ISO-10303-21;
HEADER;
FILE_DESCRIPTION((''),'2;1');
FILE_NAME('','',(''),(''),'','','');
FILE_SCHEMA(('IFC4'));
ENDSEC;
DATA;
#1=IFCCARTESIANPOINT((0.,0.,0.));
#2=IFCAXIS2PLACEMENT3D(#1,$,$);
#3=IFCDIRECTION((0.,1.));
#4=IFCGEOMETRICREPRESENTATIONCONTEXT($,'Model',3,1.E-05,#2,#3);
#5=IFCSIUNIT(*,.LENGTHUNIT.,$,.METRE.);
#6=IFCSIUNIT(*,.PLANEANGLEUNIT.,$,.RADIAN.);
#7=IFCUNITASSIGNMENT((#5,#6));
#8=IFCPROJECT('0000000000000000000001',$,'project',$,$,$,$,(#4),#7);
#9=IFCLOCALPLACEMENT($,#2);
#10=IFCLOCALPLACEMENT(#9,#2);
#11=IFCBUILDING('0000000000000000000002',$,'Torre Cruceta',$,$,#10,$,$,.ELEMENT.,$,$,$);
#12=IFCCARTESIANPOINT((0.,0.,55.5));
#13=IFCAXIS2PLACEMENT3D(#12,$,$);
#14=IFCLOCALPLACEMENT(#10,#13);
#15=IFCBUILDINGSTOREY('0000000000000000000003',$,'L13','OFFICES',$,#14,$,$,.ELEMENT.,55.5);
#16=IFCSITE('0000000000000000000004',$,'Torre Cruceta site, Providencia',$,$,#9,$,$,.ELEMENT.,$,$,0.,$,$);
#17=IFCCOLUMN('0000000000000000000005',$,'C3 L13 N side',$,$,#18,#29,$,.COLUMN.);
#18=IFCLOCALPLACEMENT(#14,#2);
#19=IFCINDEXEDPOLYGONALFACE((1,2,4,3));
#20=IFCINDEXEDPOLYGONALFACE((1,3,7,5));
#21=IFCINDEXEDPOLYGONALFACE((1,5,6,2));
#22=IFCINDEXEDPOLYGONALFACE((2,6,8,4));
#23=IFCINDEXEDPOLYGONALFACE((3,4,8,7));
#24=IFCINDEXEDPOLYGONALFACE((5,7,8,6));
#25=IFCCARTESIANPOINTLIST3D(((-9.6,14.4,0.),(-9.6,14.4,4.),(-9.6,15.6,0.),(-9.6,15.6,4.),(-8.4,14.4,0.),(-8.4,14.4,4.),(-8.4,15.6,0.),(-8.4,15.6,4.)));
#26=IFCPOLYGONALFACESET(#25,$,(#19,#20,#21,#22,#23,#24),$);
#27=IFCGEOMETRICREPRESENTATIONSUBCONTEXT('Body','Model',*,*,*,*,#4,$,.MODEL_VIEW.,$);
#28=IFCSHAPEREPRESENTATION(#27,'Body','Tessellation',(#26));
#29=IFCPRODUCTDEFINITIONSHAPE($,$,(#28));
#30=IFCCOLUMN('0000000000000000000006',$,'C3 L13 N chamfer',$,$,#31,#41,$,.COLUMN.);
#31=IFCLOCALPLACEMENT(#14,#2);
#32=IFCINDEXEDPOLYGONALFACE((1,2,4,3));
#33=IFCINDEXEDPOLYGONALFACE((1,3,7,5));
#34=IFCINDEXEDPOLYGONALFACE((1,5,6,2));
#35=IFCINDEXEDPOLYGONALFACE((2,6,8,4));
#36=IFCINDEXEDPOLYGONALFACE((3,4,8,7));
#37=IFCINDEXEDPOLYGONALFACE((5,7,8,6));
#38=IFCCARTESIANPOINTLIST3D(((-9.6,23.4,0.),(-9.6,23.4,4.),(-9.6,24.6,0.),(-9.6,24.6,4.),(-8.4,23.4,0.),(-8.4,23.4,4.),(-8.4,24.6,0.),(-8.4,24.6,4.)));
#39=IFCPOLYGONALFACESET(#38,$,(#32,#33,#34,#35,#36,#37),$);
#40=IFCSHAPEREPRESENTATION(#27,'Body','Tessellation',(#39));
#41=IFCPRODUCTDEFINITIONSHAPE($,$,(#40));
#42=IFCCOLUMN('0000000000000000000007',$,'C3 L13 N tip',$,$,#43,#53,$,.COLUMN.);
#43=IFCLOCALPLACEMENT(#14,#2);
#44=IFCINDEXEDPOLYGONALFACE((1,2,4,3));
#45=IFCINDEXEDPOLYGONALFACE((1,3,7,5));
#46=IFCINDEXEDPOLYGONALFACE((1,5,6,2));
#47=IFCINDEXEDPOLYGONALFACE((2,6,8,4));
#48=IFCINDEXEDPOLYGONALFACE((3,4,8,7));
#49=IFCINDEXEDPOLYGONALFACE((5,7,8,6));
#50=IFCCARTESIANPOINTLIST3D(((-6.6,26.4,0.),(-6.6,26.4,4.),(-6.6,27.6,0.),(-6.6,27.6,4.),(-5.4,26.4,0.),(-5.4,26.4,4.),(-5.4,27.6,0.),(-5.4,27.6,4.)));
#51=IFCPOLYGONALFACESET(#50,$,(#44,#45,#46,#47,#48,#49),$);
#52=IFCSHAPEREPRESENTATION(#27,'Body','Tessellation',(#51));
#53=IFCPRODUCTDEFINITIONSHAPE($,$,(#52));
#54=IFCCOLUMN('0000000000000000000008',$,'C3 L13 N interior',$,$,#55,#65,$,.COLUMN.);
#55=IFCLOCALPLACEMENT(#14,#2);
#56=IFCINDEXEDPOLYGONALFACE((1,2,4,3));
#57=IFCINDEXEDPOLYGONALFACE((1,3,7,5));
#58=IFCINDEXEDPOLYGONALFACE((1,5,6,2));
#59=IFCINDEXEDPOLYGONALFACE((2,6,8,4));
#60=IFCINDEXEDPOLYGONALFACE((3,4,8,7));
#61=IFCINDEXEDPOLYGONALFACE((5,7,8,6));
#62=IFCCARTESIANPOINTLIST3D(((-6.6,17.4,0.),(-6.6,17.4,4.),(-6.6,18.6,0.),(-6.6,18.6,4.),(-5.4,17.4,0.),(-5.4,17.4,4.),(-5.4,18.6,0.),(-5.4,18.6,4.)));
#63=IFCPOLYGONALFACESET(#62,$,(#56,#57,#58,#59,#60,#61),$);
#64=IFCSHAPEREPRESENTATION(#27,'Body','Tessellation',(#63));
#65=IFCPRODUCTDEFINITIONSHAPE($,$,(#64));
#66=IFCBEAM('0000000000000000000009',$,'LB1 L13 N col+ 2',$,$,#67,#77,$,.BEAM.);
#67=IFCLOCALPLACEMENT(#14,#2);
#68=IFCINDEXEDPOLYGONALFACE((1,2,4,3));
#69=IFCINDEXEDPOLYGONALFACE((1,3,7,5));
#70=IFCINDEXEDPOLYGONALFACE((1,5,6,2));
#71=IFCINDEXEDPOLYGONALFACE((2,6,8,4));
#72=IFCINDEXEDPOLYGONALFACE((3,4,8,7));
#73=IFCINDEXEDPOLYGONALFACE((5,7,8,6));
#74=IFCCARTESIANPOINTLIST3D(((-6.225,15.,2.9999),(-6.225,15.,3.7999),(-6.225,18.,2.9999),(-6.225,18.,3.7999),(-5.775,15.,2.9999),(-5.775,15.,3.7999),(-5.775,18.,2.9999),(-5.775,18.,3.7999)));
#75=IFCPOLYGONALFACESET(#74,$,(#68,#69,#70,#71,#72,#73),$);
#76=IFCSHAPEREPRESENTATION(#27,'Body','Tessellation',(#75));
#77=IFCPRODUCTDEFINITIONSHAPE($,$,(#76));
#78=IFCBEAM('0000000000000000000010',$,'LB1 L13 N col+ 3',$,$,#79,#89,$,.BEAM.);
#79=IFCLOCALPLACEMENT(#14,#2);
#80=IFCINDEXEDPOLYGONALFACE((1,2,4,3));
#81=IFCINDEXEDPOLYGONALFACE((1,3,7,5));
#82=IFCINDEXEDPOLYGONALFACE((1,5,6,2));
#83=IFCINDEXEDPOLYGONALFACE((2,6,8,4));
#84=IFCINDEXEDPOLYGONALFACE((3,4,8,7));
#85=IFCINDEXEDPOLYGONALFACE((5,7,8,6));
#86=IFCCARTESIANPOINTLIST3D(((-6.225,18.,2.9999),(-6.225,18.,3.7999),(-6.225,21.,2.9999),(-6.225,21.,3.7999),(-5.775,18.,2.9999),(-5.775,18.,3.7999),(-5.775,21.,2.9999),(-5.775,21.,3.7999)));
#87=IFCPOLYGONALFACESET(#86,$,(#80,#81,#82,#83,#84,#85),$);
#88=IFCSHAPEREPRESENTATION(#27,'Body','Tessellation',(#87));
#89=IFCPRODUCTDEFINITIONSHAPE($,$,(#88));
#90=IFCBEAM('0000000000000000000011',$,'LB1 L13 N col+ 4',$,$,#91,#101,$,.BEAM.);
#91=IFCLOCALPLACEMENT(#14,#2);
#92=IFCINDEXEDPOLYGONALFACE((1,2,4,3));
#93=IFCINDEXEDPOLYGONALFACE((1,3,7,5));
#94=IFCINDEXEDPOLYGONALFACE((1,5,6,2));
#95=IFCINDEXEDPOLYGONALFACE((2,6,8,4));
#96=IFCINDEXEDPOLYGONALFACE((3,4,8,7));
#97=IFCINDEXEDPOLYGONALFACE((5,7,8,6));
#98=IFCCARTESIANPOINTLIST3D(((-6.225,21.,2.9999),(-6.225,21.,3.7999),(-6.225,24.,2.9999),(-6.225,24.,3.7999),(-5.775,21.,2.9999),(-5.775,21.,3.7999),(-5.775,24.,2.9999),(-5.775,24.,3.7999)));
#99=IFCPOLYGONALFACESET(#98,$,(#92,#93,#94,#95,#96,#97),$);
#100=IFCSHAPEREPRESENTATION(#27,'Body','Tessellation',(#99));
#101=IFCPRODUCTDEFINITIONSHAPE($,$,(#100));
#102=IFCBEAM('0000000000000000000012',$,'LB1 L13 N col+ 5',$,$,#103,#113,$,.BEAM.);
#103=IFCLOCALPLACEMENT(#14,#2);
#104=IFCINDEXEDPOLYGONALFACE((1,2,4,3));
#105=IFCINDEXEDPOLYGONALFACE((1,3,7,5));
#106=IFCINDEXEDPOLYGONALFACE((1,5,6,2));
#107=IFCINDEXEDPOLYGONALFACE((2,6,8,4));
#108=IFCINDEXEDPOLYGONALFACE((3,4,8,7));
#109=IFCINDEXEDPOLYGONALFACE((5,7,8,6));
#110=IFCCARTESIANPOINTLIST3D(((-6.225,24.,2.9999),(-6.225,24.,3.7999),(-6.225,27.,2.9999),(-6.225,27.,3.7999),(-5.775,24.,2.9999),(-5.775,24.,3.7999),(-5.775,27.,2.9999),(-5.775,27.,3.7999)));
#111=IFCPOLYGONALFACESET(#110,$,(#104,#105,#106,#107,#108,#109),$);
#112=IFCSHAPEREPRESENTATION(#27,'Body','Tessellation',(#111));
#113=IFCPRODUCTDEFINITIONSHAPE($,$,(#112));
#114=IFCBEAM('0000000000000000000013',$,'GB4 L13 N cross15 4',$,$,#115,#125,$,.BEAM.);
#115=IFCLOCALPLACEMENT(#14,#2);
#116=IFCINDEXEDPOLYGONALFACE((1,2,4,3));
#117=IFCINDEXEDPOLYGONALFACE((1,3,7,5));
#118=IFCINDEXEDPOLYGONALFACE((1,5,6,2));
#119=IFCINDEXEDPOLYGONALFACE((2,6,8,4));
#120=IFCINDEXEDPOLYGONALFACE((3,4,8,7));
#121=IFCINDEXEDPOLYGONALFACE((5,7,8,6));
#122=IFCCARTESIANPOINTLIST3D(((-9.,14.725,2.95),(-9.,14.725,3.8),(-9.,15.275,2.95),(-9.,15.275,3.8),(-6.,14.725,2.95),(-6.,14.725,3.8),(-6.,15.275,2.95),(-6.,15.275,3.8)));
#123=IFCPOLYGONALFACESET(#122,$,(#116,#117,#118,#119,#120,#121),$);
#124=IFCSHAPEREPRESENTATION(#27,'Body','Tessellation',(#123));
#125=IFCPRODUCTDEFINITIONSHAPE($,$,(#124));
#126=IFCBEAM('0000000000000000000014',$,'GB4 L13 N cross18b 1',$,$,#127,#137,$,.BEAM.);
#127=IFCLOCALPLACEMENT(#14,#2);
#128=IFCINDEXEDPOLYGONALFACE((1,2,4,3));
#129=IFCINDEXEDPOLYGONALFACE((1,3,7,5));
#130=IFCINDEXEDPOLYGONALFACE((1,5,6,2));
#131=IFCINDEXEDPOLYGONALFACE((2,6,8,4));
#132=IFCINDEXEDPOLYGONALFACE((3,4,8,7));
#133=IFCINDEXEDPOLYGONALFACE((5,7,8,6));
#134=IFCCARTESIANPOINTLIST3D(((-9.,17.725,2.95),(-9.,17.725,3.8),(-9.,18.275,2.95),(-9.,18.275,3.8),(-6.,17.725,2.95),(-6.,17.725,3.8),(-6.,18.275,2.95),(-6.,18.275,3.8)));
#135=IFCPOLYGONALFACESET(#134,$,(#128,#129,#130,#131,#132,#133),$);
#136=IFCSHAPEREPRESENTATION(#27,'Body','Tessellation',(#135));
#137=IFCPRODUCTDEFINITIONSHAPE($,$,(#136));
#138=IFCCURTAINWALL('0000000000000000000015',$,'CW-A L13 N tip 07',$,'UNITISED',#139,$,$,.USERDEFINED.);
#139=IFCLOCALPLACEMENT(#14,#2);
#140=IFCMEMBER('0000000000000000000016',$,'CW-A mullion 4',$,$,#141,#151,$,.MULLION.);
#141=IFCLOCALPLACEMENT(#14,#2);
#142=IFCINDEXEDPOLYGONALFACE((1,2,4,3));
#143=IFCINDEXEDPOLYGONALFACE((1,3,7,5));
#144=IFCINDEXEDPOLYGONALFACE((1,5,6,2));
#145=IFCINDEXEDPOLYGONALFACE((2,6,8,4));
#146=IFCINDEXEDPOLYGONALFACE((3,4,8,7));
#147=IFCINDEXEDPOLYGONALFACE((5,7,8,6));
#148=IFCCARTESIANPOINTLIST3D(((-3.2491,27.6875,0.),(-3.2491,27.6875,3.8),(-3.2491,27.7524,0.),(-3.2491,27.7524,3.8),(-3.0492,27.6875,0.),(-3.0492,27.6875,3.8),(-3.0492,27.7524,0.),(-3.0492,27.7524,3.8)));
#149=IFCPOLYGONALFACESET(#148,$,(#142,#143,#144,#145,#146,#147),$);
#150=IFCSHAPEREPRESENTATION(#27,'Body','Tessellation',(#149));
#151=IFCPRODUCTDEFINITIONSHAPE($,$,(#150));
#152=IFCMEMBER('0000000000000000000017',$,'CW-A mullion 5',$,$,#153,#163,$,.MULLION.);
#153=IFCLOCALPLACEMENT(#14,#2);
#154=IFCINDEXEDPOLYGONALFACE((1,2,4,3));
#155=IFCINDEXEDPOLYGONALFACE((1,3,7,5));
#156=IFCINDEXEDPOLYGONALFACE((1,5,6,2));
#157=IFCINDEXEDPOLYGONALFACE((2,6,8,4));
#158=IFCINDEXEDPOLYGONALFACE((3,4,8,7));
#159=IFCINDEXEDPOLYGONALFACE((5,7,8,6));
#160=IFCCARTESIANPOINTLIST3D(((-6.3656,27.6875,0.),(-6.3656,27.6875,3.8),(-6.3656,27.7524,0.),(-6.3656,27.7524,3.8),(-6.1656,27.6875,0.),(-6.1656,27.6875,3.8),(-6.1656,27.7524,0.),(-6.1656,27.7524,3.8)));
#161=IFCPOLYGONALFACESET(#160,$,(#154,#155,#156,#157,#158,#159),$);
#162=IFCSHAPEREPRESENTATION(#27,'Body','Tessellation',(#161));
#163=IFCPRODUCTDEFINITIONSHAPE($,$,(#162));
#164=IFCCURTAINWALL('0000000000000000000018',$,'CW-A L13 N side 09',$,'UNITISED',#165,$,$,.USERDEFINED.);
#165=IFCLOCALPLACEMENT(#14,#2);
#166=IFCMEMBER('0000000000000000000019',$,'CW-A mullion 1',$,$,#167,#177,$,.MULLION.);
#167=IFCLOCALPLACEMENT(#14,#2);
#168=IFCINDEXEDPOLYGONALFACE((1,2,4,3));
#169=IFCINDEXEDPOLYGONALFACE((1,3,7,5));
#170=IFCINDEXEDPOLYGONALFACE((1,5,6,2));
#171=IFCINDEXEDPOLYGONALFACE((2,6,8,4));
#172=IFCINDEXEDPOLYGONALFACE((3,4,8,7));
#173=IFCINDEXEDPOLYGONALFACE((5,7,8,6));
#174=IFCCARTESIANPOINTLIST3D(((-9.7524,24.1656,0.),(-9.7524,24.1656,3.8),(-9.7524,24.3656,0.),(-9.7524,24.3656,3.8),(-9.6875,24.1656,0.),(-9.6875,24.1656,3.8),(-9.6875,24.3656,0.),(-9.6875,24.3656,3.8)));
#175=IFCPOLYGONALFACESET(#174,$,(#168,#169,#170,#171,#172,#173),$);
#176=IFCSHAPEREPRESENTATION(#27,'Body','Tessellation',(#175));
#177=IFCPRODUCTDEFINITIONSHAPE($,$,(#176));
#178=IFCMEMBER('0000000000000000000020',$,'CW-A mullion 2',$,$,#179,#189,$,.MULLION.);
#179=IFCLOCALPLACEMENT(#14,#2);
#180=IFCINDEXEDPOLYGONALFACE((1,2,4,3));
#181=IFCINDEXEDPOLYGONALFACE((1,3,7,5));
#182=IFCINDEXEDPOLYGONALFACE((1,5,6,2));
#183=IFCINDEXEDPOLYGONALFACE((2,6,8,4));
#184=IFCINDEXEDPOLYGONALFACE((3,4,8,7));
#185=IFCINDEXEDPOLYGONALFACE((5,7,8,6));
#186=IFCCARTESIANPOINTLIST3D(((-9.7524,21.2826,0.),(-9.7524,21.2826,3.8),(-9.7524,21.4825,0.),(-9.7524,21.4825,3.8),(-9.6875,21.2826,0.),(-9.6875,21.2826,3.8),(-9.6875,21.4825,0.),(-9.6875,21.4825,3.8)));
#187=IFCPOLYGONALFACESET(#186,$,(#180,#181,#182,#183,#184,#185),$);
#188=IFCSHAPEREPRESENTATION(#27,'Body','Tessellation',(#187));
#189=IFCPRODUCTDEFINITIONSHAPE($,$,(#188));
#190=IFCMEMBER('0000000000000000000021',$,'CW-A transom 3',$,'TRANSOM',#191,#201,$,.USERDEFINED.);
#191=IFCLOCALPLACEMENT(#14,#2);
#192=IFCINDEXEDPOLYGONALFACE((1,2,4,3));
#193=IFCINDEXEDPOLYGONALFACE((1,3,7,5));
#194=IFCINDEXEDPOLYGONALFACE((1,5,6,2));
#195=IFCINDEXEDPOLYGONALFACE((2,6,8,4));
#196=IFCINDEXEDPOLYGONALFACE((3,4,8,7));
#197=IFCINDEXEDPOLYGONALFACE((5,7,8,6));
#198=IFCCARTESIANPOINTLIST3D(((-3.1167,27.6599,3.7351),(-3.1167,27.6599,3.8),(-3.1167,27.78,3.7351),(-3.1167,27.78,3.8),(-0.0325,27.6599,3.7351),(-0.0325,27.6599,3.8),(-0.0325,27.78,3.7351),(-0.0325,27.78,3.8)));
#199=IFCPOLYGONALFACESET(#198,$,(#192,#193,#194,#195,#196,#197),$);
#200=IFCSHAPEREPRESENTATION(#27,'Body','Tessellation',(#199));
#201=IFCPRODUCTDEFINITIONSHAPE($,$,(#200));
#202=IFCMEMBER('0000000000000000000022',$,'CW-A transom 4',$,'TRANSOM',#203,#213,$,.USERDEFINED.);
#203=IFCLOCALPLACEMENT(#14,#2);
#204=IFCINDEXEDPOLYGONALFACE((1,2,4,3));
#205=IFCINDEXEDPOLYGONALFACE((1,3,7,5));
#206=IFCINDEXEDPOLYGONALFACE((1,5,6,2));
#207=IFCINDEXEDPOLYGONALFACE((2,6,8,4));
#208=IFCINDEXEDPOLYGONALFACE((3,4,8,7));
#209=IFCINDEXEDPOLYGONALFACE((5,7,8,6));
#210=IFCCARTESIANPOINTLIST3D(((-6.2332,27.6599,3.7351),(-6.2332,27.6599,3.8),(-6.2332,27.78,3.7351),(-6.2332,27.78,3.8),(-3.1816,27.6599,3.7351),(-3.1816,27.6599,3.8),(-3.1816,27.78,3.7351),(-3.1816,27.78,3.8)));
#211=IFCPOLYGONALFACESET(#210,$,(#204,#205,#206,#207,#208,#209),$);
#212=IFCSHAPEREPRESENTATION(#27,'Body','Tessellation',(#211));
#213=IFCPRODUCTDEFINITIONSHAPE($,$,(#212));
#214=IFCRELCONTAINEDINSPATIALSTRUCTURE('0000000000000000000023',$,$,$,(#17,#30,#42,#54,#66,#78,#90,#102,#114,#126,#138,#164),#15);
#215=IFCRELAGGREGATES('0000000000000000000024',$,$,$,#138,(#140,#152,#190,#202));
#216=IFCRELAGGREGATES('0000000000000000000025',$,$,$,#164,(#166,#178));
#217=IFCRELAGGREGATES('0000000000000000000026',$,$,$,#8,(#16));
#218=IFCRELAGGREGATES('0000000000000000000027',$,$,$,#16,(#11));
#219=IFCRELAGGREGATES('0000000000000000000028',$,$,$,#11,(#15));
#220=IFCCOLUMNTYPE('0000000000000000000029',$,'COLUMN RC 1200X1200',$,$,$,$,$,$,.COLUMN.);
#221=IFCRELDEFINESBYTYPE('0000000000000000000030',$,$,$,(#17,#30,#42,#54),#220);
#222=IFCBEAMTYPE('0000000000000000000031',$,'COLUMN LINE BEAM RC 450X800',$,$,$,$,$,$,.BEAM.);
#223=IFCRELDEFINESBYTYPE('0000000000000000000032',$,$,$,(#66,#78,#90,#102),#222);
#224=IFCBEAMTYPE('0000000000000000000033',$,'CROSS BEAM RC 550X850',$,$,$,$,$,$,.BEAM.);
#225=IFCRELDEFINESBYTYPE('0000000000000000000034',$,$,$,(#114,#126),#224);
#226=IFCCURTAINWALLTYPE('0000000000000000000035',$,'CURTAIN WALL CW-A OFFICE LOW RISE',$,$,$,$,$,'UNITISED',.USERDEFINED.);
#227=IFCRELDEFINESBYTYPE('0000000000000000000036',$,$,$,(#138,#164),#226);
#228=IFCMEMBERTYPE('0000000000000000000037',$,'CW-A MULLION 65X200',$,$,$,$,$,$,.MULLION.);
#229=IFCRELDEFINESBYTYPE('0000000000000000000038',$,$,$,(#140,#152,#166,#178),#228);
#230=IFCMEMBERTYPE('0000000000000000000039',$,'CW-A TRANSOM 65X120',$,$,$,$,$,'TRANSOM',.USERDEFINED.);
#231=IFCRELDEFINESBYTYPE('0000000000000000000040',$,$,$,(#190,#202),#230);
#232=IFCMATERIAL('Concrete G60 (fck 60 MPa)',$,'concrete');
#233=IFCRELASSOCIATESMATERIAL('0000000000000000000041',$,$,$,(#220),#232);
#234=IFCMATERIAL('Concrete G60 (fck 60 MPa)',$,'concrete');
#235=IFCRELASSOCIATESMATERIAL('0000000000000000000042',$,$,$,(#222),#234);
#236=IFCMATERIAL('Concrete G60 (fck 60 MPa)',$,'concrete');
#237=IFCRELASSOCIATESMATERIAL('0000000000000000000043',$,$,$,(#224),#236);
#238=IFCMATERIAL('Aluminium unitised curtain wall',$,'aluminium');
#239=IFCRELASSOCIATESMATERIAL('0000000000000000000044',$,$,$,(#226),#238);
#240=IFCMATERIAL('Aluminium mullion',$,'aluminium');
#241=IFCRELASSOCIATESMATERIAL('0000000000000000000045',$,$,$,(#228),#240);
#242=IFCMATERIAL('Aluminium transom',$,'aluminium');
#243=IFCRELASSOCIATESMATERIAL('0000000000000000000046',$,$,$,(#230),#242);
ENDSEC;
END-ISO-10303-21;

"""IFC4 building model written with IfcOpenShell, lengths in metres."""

from ifc_helpers import new_model, si_unit, direction, frame, origin, origin_2d, place, context, subcontext, project, spatial, rectangle, extrude, material, material_profile, profile_set, type_object, element, aggregate, save


model = new_model("IFC4")

# Units and contexts
model_context = context("Model", 3, precision=1e-05, world=origin(), true_north=direction((0.0, 1.0)))
body_context = subcontext(model_context, "Body", "Model", "MODEL_VIEW")
ifc_project = project(units=[si_unit("LENGTHUNIT", "METRE"), si_unit("PLANEANGLEUNIT", "RADIAN")], contexts=[model_context])

# Site, building, storey
site_placement = place(None, origin())
site = spatial("IfcSite", under=ifc_project, at=site_placement, Name="Torre Cruceta site, Providencia", CompositionType="ELEMENT", RefElevation=0.0)
building_placement = place(site_placement, origin())
building = spatial("IfcBuilding", under=site, at=building_placement, Name="Torre Cruceta", CompositionType="ELEMENT")
storey_placement = place(building_placement, frame((0.0, 0.0, 55.5)))
storey = spatial("IfcBuildingStorey", under=building, at=storey_placement, Name="L13", Description="OFFICES", CompositionType="ELEMENT", Elevation=55.5)

# Columns
ifc_material_1 = material(Name="Concrete G60 (fck 60 MPa)", Category="concrete")
ifc_material_profile_1 = material_profile(ifc_material_1, rectangle(XDim=1.2, YDim=1.2, at=origin_2d()), Name="RC 1200X1200")
ifc_profile_set_1 = profile_set([ifc_material_profile_1], Name="Concrete G60 (fck 60 MPa)")
column_type = type_object("IfcColumnType", Name="COLUMN RC 1200X1200", PredefinedType="COLUMN", material=ifc_profile_set_1)
for number, where, z_axis, x_axis, name in (
    (1, (-9.0, 15.0, 0.0), (0.0, 0.0, 1.0), (1.0, 0.0, 0.0), "C3 L13 N side"),
    (2, (-9.0, 24.0, 0.0), (0.0, 0.0, 1.0), (1.0, 0.0, 0.0), "C3 L13 N chamfer"),
    (3, (-6.0, 27.0, 0.0), (0.0, 0.0, 1.0), (1.0, 0.0, 0.0), "C3 L13 N tip"),
    (4, (-6.0, 18.0, 0.0), (0.0, 0.0, 1.0), (1.0, 0.0, 0.0), "C3 L13 N interior"),
):
    element("IfcColumn", number, at=place(storey_placement, frame(where, z_axis=z_axis, x_axis=x_axis)), inside=storey, type_object=column_type, Name=name, PredefinedType="COLUMN", context=body_context, shape_type="SweptSolid", body=[
        extrude(rectangle(XDim=1.2, YDim=1.2, at=origin_2d()), origin(), (0.0, 0.0, 1.0), 4.0),
    ])

# Beams
ifc_material_2 = material(Name="Concrete G60 (fck 60 MPa)", Category="concrete")
ifc_material_profile_2 = material_profile(ifc_material_2, rectangle(XDim=0.45, YDim=0.8, at=origin_2d()), Name="RC 450X800")
ifc_profile_set_2 = profile_set([ifc_material_profile_2], Name="Concrete G60 (fck 60 MPa)")
beam_type_1 = type_object("IfcBeamType", Name="COLUMN LINE BEAM RC 450X800", PredefinedType="BEAM", material=ifc_profile_set_2)
for number, where, z_axis, x_axis, name in (
    (5, (-6.0, 15.0, 3.3999), (0.0, 1.0, 0.0), (-1.0, 0.0, 0.0), "LB1 L13 N col+ 2"),
    (6, (-6.0, 18.0, 3.3999), (0.0, 1.0, 0.0), (-1.0, 0.0, 0.0), "LB1 L13 N col+ 3"),
    (7, (-6.0, 21.0, 3.3999), (0.0, 1.0, 0.0), (-1.0, 0.0, 0.0), "LB1 L13 N col+ 4"),
    (8, (-6.0, 24.0, 3.3999), (0.0, 1.0, 0.0), (-1.0, 0.0, 0.0), "LB1 L13 N col+ 5"),
):
    element("IfcBeam", number, at=place(storey_placement, frame(where, z_axis=z_axis, x_axis=x_axis)), inside=storey, type_object=beam_type_1, Name=name, PredefinedType="BEAM", context=body_context, shape_type="SweptSolid", body=[
        extrude(rectangle(XDim=0.45, YDim=0.8, at=origin_2d()), origin(), (0.0, 0.0, 1.0), 3.0),
    ])
ifc_material_3 = material(Name="Concrete G60 (fck 60 MPa)", Category="concrete")
ifc_material_profile_3 = material_profile(ifc_material_3, rectangle(XDim=0.55, YDim=0.8501, at=origin_2d()), Name="RC 550X850")
ifc_profile_set_3 = profile_set([ifc_material_profile_3], Name="Concrete G60 (fck 60 MPa)")
beam_type_2 = type_object("IfcBeamType", Name="CROSS BEAM RC 550X850", PredefinedType="BEAM", material=ifc_profile_set_3)
for number, where, z_axis, x_axis, name in (
    (9, (-6.0, 15.0, 3.375), (-1.0, 0.0, 0.0), (0.0, -1.0, 0.0), "GB4 L13 N cross15 4"),
    (10, (-6.0, 18.0, 3.375), (-1.0, 0.0, 0.0), (0.0, -1.0, 0.0), "GB4 L13 N cross18b 1"),
):
    element("IfcBeam", number, at=place(storey_placement, frame(where, z_axis=z_axis, x_axis=x_axis)), inside=storey, type_object=beam_type_2, Name=name, PredefinedType="BEAM", context=body_context, shape_type="SweptSolid", body=[
        extrude(rectangle(XDim=0.55, YDim=0.8501, at=origin_2d()), origin(), (0.0, 0.0, 1.0), 3.0),
    ])

# Curtain walls, members
ifc_material_4 = material(Name="Aluminium unitised curtain wall", Category="aluminium")
curtain_wall_type = type_object("IfcCurtainWallType", Name="CURTAIN WALL CW-A OFFICE LOW RISE", ElementType="UNITISED", PredefinedType="USERDEFINED", material=ifc_material_4)
curtain_wall_1_placement = place(storey_placement, origin())
curtain_wall_1 = element("IfcCurtainWall", 11, at=curtain_wall_1_placement, inside=storey, type_object=curtain_wall_type, Name="CW-A L13 N tip 07", ObjectType="UNITISED", PredefinedType="USERDEFINED")
ifc_material_5 = material(Name="Aluminium mullion", Category="aluminium")
ifc_material_profile_4 = material_profile(ifc_material_5, rectangle(XDim=0.0649, YDim=0.2, at=origin_2d()), Name="AL 65X200")
ifc_profile_set_4 = profile_set([ifc_material_profile_4], Name="Aluminium mullion")
member_type_1 = type_object("IfcMemberType", Name="CW-A MULLION 65X200", PredefinedType="MULLION", material=ifc_profile_set_4)
member_1_placement = place(storey_placement, frame((-3.1492, 27.72, 0.0), z_axis=(0.0, 0.0, 1.0), x_axis=(0.0, -1.0, 0.0)))
member_1 = element("IfcMember", 12, at=member_1_placement, type_object=member_type_1, Name="CW-A mullion 4", PredefinedType="MULLION", context=body_context, shape_type="SweptSolid", body=[
    extrude(rectangle(XDim=0.0649, YDim=0.2, at=origin_2d()), origin(), (0.0, 0.0, 1.0), 3.8),
])
member_2_placement = place(storey_placement, frame((-6.2656, 27.72, 0.0), z_axis=(0.0, 0.0, 1.0), x_axis=(0.0, -1.0, 0.0)))
member_2 = element("IfcMember", 13, at=member_2_placement, type_object=member_type_1, Name="CW-A mullion 5", PredefinedType="MULLION", context=body_context, shape_type="SweptSolid", body=[
    extrude(rectangle(XDim=0.0649, YDim=0.2, at=origin_2d()), origin(), (0.0, 0.0, 1.0), 3.8),
])
curtain_wall_2_placement = place(storey_placement, origin())
curtain_wall_2 = element("IfcCurtainWall", 14, at=curtain_wall_2_placement, inside=storey, type_object=curtain_wall_type, Name="CW-A L13 N side 09", ObjectType="UNITISED", PredefinedType="USERDEFINED")
member_3_placement = place(storey_placement, frame((-9.72, 24.2656, 0.0), z_axis=(0.0, 0.0, 1.0), x_axis=(1.0, 0.0, 0.0)))
member_3 = element("IfcMember", 15, at=member_3_placement, type_object=member_type_1, Name="CW-A mullion 1", PredefinedType="MULLION", context=body_context, shape_type="SweptSolid", body=[
    extrude(rectangle(XDim=0.0649, YDim=0.2, at=origin_2d()), origin(), (0.0, 0.0, 1.0), 3.8),
])
member_4_placement = place(storey_placement, frame((-9.72, 21.3826, 0.0), z_axis=(0.0, 0.0, 1.0), x_axis=(1.0, 0.0, 0.0)))
member_4 = element("IfcMember", 16, at=member_4_placement, type_object=member_type_1, Name="CW-A mullion 2", PredefinedType="MULLION", context=body_context, shape_type="SweptSolid", body=[
    extrude(rectangle(XDim=0.0649, YDim=0.2, at=origin_2d()), origin(), (0.0, 0.0, 1.0), 3.8),
])

# Members
ifc_material_6 = material(Name="Aluminium transom", Category="aluminium")
ifc_material_profile_5 = material_profile(ifc_material_6, rectangle(XDim=0.1201, YDim=0.0649, at=origin_2d()), Name="AL 120X65")
ifc_profile_set_5 = profile_set([ifc_material_profile_5], Name="Aluminium transom")
member_type_2 = type_object("IfcMemberType", Name="CW-A TRANSOM 65X120", ElementType="TRANSOM", PredefinedType="USERDEFINED", material=ifc_profile_set_5)
member_5_placement = place(storey_placement, frame((-0.0325, 27.72, 3.7676), z_axis=(-1.0, 0.0, 0.0), x_axis=(0.0, -1.0, 0.0)))
member_5 = element("IfcMember", 17, at=member_5_placement, type_object=member_type_2, Name="CW-A transom 3", ObjectType="TRANSOM", PredefinedType="USERDEFINED", context=body_context, shape_type="SweptSolid", body=[
    extrude(rectangle(XDim=0.1201, YDim=0.0649, at=origin_2d()), origin(), (0.0, 0.0, 1.0), 3.0842),
])
member_6_placement = place(storey_placement, frame((-3.1816, 27.72, 3.7676), z_axis=(-1.0, 0.0, 0.0), x_axis=(0.0, -1.0, 0.0)))
member_6 = element("IfcMember", 18, at=member_6_placement, type_object=member_type_2, Name="CW-A transom 4", ObjectType="TRANSOM", PredefinedType="USERDEFINED", context=body_context, shape_type="SweptSolid", body=[
    extrude(rectangle(XDim=0.1201, YDim=0.0649, at=origin_2d()), origin(), (0.0, 0.0, 1.0), 3.0515),
])

aggregate(curtain_wall_1, [member_1, member_2, member_5, member_6])
aggregate(curtain_wall_2, [member_3, member_4])

save(model, "model.ifc")
